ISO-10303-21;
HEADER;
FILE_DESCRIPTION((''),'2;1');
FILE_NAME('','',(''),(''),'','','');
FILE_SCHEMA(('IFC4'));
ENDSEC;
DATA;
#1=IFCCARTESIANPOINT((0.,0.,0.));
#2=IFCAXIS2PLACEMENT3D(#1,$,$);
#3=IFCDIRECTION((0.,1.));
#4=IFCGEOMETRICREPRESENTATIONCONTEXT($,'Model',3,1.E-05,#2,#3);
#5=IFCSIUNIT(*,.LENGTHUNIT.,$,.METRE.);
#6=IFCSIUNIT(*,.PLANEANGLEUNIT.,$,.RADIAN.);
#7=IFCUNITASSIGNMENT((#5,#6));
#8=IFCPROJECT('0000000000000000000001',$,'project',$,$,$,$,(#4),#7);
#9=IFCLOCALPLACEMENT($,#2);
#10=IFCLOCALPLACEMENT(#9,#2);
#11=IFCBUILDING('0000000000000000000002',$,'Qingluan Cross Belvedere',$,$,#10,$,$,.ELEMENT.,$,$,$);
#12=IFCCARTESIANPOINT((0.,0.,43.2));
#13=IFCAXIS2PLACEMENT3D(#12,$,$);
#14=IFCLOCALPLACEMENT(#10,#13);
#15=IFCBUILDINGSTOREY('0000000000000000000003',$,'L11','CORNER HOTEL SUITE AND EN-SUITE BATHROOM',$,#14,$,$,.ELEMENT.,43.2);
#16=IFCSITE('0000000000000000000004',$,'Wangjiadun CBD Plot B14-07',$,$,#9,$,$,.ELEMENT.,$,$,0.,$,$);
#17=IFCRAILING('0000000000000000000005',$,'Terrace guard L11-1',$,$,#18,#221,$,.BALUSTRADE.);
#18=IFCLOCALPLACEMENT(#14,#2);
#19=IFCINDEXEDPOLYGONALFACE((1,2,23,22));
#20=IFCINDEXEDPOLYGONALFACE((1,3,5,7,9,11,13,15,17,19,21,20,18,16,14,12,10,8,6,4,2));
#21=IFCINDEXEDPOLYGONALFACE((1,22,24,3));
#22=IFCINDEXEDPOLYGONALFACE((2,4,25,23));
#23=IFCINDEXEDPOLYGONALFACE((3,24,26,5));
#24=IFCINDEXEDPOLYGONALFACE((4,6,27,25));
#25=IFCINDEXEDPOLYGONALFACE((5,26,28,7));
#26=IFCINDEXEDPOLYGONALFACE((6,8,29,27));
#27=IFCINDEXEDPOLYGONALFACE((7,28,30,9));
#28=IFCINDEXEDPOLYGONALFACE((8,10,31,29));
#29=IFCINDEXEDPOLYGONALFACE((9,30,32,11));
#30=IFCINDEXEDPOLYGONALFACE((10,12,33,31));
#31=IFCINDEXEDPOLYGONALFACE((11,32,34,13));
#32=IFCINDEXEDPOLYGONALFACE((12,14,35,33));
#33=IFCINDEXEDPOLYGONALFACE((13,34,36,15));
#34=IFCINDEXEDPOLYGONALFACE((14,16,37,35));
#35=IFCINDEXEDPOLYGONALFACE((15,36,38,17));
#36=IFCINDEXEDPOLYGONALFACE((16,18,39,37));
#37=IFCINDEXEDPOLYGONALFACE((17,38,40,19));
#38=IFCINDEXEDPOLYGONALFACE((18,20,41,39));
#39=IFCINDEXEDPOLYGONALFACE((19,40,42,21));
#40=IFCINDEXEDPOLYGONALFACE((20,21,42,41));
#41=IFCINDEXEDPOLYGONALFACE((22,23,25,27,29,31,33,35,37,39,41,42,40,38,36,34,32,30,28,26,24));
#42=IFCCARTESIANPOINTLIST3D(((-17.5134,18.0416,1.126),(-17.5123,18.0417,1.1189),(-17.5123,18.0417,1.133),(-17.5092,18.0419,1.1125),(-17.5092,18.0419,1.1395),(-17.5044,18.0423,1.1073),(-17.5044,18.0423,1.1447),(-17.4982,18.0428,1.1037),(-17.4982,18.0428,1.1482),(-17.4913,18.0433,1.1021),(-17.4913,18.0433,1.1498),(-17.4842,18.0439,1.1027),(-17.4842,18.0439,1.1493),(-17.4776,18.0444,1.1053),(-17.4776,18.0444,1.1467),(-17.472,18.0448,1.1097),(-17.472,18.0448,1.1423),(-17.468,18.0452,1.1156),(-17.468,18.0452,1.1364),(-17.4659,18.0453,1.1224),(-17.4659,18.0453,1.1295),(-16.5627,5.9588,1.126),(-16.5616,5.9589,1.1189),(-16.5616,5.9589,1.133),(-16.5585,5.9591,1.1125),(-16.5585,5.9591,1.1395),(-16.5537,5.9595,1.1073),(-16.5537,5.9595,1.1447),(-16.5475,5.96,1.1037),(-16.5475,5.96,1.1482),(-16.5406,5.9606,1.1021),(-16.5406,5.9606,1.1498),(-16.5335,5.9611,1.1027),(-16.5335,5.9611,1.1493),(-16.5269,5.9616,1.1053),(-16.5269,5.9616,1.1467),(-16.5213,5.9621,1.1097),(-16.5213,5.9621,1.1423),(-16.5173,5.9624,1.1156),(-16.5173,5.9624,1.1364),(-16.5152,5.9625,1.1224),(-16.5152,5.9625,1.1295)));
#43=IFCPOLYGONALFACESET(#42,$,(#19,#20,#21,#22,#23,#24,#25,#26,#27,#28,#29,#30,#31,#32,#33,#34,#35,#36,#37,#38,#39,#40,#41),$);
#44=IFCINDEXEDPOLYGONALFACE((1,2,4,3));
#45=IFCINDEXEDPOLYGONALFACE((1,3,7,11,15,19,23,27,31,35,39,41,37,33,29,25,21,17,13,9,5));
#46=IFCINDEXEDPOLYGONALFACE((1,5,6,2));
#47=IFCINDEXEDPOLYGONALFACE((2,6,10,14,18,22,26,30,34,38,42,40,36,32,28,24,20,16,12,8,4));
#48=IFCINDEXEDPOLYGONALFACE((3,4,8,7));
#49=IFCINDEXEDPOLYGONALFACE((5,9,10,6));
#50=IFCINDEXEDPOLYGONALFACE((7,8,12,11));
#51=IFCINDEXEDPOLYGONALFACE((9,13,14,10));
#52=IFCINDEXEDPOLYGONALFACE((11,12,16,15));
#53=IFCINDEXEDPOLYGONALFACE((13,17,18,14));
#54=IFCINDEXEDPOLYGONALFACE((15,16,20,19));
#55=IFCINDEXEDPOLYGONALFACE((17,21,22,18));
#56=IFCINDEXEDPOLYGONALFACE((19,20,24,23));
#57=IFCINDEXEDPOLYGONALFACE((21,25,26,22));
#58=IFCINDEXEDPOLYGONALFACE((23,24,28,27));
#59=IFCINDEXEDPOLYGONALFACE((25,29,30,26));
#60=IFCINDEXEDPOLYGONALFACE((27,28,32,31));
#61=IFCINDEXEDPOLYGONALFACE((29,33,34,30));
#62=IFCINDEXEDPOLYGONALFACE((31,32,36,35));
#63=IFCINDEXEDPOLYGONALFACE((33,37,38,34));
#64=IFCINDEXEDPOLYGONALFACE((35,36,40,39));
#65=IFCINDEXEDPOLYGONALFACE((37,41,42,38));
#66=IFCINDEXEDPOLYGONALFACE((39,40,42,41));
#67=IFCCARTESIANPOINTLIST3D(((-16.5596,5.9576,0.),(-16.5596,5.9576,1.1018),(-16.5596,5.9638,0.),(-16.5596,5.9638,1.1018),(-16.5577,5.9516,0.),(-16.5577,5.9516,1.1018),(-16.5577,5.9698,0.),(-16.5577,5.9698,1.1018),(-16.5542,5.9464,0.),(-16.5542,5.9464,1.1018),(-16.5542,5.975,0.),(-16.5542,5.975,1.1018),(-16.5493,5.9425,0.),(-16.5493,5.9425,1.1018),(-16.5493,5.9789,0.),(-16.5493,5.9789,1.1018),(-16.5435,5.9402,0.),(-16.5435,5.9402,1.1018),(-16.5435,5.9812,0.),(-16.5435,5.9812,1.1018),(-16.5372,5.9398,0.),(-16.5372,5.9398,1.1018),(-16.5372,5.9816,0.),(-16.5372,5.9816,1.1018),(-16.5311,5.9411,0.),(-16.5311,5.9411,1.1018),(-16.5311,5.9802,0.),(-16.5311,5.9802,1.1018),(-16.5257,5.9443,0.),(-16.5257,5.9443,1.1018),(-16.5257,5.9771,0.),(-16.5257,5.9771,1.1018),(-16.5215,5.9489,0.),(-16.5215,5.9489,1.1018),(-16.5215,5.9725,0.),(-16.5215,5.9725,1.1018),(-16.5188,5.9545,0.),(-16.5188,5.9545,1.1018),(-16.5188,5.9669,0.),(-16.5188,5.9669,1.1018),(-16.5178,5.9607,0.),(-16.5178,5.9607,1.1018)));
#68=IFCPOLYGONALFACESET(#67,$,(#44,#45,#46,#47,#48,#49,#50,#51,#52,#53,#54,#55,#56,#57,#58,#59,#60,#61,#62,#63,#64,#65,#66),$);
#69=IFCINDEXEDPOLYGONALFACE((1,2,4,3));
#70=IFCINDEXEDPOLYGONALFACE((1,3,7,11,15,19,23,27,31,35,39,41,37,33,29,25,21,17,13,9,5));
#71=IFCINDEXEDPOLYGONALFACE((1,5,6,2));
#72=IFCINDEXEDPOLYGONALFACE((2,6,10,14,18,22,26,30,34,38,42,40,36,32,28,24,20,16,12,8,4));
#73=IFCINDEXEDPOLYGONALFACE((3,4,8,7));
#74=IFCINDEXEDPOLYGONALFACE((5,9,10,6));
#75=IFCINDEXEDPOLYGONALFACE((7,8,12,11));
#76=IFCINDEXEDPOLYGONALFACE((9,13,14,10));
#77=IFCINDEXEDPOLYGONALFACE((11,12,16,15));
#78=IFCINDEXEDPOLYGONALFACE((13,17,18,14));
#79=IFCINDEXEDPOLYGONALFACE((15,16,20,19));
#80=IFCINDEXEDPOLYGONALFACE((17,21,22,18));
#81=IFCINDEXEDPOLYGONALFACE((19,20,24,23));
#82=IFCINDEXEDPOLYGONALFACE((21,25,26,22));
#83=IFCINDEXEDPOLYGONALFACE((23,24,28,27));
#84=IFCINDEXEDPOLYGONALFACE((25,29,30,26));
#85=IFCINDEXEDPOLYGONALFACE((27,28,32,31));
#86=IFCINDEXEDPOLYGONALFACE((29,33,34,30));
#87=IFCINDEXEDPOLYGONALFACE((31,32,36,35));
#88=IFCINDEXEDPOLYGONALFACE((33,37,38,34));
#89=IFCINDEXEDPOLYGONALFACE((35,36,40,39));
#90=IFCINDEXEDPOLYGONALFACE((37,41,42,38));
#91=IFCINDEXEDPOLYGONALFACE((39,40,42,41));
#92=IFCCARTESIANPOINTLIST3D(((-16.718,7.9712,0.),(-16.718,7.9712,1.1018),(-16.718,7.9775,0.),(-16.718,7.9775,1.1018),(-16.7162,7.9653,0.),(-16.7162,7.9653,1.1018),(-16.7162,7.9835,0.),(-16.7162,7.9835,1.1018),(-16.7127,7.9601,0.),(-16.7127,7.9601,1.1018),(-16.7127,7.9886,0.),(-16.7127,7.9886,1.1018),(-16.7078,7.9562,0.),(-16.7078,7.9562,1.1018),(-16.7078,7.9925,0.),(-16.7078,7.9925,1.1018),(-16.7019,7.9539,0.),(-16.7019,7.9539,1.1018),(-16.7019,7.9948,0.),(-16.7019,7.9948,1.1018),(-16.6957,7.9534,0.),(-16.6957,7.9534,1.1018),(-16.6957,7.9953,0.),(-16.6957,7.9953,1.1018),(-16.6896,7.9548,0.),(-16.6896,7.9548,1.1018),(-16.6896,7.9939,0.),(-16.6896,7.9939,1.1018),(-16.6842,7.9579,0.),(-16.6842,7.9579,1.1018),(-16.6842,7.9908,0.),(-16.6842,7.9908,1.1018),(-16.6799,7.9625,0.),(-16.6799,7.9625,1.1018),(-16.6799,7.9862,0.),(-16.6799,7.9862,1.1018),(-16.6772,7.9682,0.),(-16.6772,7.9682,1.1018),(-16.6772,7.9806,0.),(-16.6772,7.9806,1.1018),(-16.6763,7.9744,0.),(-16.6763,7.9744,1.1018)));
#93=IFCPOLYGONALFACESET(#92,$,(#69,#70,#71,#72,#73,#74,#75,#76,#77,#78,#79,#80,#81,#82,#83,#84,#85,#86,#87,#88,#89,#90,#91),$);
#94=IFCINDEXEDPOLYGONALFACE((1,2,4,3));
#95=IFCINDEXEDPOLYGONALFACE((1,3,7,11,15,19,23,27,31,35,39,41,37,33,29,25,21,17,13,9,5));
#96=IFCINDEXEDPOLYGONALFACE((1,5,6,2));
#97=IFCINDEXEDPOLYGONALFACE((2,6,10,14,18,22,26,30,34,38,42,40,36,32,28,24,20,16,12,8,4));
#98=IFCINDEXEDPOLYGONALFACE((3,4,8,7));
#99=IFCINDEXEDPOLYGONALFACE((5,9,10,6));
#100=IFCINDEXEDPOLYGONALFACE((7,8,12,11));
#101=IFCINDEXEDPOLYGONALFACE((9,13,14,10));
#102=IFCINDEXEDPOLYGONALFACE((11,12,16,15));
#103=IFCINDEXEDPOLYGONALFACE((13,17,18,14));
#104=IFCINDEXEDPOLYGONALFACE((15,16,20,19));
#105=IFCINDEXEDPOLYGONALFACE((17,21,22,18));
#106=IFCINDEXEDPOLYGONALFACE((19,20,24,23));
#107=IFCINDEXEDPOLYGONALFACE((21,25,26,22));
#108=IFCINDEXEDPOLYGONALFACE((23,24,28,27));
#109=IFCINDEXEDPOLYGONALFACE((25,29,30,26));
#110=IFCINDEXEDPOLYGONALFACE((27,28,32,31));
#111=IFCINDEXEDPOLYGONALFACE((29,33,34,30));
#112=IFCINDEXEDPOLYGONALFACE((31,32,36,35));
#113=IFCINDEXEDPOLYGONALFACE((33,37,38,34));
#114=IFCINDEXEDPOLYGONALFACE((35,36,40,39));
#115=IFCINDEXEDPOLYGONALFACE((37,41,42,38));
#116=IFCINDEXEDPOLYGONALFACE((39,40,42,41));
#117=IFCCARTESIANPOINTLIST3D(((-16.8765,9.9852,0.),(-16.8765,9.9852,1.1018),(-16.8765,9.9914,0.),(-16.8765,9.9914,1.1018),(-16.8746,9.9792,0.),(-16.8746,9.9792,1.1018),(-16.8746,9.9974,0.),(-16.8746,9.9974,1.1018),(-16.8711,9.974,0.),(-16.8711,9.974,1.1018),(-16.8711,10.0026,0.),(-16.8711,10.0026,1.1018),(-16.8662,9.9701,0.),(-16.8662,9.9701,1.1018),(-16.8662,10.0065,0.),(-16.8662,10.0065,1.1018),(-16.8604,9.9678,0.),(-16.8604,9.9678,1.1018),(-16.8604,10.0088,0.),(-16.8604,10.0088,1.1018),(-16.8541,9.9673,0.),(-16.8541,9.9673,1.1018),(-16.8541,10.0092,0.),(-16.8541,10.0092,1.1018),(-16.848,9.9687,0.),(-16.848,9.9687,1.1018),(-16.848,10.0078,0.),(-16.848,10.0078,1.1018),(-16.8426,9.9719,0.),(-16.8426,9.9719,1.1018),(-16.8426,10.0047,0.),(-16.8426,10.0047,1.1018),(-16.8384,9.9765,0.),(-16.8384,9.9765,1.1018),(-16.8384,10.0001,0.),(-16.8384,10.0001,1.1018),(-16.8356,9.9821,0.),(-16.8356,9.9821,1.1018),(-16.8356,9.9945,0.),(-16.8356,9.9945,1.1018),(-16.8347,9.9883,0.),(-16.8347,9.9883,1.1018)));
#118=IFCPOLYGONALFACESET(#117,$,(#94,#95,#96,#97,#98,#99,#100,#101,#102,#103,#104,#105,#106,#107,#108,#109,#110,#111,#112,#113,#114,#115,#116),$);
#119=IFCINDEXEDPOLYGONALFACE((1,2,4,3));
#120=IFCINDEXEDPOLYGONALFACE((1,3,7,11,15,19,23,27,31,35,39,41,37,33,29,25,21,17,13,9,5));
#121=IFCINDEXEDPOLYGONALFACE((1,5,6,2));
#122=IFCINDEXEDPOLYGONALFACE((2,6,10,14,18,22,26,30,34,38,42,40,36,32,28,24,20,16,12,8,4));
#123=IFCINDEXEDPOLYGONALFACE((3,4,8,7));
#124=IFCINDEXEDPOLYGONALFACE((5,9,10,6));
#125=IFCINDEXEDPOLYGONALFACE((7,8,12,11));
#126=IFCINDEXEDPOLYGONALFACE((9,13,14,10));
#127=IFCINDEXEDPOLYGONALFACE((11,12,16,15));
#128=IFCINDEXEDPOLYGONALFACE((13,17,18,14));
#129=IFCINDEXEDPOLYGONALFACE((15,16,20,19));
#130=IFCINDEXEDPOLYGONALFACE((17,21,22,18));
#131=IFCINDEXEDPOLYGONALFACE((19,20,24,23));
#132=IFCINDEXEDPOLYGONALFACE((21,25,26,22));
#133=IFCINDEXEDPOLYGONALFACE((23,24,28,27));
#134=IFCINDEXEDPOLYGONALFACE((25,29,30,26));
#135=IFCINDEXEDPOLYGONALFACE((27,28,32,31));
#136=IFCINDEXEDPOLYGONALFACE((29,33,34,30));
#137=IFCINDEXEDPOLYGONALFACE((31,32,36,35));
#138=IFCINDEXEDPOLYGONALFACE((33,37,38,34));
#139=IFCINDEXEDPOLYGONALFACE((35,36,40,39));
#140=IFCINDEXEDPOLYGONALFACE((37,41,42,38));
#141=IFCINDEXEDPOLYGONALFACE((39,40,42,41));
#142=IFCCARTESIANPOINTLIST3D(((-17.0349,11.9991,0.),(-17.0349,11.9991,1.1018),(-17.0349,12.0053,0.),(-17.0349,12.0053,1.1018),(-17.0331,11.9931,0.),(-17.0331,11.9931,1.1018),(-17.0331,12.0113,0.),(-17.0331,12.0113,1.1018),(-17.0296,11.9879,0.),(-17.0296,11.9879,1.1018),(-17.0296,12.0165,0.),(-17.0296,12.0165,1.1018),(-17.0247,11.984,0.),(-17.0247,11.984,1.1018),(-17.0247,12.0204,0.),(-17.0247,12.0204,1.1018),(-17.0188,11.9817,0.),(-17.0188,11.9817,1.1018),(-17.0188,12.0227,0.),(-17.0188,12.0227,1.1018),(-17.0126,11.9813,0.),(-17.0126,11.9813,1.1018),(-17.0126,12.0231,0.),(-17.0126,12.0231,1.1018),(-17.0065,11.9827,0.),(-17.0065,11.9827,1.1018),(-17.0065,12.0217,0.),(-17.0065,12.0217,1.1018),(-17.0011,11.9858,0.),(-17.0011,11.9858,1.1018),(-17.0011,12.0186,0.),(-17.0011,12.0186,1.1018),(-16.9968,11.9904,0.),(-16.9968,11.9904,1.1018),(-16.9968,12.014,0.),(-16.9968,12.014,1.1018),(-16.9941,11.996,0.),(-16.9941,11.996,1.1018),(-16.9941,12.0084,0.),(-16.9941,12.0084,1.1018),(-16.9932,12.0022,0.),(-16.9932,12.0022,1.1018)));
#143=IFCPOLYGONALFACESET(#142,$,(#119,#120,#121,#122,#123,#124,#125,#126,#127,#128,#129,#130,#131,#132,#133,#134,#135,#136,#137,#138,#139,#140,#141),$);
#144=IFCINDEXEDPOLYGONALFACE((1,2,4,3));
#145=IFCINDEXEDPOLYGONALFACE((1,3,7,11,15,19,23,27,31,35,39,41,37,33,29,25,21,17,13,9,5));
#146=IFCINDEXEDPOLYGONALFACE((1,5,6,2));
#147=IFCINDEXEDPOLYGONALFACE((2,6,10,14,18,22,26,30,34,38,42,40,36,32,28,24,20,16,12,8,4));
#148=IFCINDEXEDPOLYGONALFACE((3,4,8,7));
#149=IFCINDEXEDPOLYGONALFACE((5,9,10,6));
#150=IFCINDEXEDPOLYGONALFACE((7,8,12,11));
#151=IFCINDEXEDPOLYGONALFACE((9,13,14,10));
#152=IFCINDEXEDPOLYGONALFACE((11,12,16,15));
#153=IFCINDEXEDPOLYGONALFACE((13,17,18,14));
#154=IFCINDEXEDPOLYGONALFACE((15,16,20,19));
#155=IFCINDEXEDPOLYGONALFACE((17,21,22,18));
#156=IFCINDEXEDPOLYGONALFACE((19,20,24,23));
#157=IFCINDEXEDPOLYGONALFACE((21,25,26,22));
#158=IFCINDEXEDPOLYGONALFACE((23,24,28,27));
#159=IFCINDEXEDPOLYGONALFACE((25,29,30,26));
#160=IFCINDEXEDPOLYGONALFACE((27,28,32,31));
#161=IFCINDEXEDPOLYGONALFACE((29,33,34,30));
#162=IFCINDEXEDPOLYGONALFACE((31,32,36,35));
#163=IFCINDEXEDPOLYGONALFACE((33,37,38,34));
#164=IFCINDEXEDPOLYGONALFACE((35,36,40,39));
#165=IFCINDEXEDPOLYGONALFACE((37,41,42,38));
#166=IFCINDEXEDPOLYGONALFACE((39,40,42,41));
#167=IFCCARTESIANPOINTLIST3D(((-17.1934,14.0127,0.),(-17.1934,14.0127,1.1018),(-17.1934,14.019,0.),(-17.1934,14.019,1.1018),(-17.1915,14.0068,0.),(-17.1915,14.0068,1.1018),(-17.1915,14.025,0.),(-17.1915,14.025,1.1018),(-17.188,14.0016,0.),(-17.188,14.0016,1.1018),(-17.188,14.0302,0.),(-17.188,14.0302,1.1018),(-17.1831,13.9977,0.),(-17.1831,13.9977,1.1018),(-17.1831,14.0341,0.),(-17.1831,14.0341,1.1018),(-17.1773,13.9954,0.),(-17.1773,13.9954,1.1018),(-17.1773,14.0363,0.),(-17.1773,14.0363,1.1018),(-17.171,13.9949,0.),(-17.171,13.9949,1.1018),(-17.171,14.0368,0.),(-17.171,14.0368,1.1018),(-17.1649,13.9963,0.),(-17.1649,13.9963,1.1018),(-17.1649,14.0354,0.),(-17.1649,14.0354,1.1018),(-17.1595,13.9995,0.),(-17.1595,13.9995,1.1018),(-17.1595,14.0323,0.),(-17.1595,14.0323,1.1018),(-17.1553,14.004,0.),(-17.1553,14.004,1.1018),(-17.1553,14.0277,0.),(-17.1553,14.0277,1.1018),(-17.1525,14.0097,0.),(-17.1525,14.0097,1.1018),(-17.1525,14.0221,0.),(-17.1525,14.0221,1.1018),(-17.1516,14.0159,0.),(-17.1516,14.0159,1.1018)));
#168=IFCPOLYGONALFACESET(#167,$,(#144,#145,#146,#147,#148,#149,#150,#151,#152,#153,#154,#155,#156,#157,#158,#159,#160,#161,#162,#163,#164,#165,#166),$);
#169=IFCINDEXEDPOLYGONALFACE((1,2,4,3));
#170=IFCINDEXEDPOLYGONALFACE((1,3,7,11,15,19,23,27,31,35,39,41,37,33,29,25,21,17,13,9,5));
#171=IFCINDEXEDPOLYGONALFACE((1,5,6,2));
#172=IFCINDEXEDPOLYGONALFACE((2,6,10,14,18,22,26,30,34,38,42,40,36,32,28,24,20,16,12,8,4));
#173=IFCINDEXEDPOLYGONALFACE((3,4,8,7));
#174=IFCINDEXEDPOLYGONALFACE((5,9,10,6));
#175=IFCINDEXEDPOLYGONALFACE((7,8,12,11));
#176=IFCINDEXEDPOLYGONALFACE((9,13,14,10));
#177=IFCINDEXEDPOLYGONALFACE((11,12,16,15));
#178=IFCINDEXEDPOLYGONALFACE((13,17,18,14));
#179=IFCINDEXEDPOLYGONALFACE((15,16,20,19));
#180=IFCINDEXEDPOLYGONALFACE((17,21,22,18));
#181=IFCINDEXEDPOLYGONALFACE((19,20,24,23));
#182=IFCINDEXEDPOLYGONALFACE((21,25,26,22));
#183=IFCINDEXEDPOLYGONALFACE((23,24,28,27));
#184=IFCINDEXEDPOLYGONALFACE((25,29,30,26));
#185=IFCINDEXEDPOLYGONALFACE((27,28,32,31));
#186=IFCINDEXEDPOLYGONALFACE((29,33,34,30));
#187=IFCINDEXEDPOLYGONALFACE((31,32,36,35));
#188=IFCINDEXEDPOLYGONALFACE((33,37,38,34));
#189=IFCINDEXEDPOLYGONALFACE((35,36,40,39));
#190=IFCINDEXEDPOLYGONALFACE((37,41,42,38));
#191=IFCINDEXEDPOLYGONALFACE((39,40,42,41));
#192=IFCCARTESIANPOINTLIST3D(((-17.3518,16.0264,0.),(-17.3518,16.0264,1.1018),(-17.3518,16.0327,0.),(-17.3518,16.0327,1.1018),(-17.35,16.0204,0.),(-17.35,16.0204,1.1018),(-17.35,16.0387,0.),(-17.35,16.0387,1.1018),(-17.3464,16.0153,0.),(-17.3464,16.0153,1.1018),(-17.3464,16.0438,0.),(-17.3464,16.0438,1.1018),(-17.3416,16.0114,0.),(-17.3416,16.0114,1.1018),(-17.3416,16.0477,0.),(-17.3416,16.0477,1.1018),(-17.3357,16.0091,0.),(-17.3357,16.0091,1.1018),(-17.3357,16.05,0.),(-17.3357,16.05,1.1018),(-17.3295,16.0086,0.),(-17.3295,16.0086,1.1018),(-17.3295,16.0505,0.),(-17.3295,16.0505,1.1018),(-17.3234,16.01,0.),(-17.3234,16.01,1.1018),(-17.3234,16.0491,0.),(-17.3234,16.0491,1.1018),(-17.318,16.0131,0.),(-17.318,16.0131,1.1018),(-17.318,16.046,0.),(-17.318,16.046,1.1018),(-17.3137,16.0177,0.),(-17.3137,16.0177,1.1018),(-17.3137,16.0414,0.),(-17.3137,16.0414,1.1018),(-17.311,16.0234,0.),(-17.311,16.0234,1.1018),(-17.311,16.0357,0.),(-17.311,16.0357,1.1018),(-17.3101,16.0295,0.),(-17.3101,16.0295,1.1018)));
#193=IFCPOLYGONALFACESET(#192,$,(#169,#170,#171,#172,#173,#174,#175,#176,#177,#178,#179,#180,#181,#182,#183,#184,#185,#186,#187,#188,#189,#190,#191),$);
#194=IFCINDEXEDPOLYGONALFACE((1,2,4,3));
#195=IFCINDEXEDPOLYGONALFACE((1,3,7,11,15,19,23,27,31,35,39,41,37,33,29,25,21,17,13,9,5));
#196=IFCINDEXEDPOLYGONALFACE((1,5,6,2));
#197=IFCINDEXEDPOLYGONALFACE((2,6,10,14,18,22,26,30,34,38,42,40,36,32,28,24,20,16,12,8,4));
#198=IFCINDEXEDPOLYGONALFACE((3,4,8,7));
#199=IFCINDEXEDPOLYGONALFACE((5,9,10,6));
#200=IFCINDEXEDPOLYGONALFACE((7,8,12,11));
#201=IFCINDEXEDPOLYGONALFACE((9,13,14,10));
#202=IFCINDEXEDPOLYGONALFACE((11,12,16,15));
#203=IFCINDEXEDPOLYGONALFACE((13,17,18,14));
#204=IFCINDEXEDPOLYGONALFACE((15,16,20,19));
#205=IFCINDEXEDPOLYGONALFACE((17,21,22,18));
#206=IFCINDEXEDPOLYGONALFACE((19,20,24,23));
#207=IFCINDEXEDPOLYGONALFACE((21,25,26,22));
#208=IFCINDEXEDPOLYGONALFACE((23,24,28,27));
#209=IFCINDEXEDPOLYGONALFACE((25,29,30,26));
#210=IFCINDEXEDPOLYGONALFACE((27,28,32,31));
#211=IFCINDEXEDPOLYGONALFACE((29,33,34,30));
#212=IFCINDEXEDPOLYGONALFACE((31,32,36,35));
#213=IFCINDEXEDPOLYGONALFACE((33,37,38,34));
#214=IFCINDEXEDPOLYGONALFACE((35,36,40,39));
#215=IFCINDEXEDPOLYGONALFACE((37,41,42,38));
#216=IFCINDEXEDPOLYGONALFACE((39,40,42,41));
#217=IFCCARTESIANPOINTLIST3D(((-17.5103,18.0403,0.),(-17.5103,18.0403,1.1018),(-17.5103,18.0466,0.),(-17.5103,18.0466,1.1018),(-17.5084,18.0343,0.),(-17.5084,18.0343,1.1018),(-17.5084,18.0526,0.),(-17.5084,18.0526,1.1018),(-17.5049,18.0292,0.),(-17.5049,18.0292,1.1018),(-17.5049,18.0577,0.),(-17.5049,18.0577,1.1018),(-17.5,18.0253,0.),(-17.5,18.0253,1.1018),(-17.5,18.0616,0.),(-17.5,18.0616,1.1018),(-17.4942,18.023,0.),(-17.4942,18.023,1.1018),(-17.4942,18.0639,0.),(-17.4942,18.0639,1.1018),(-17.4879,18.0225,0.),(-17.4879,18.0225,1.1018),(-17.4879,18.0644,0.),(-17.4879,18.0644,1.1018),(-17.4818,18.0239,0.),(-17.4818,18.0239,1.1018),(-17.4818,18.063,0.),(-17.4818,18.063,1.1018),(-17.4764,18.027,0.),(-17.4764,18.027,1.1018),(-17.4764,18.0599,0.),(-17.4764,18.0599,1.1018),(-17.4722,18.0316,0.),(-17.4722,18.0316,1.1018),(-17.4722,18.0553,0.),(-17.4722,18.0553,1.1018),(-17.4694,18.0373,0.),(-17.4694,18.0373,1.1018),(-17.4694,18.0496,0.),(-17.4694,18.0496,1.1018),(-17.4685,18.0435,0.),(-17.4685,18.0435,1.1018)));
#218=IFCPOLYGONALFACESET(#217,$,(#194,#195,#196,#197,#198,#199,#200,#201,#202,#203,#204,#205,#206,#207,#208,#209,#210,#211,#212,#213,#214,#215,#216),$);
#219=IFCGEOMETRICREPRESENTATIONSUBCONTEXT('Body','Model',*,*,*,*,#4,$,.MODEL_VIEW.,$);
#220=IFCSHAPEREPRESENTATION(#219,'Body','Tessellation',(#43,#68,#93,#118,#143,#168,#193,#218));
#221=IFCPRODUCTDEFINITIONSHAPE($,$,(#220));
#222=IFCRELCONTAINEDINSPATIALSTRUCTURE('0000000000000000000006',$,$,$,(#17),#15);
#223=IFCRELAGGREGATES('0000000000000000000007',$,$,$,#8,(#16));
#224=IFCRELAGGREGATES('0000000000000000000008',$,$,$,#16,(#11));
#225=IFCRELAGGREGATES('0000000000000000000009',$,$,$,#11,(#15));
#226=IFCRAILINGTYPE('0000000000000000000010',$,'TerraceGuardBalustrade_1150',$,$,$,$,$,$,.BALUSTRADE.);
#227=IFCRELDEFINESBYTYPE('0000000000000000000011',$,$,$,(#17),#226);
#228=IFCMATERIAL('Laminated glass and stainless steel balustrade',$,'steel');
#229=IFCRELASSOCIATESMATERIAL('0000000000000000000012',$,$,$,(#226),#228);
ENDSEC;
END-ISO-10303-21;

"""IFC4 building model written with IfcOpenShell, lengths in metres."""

from ifc_helpers import new_model, si_unit, direction, frame, origin, origin_2d, place, context, subcontext, project, spatial, circle, extrude, material, type_object, element, save


model = new_model("IFC4")

# Units and contexts
model_context = context("Model", 3, precision=1e-05, world=origin(), true_north=direction((0.0, 1.0)))
body_context = subcontext(model_context, "Body", "Model", "MODEL_VIEW")
ifc_project = project(units=[si_unit("LENGTHUNIT", "METRE"), si_unit("PLANEANGLEUNIT", "RADIAN")], contexts=[model_context])

# Site, building, storey
site_placement = place(None, origin())
site = spatial("IfcSite", under=ifc_project, at=site_placement, Name="Wangjiadun CBD Plot B14-07", CompositionType="ELEMENT", RefElevation=0.0)
building_placement = place(site_placement, origin())
building = spatial("IfcBuilding", under=site, at=building_placement, Name="Qingluan Cross Belvedere", CompositionType="ELEMENT")
storey_placement = place(building_placement, frame((0.0, 0.0, 43.2)))
storey = spatial("IfcBuildingStorey", under=building, at=storey_placement, Name="L11", Description="CORNER HOTEL SUITE AND EN-SUITE BATHROOM", CompositionType="ELEMENT", Elevation=43.2)

# Railing
ifc_material_1 = material(Name="Laminated glass and stainless steel balustrade", Category="steel")
railing_type = type_object("IfcRailingType", Name="TerraceGuardBalustrade_1150", PredefinedType="BALUSTRADE", material=ifc_material_1)
railing_placement = place(storey_placement, frame((-16.5388, 5.9607, 0.0)))
element("IfcRailing", 1, at=railing_placement, inside=storey, type_object=railing_type, Name="Terrace guard L11-1", PredefinedType="BALUSTRADE", context=body_context, shape_type="SweptSolid", body=[
    extrude(circle(Radius=0.0239, at=origin_2d()), frame((0.0, 0.0, 1.126), z_axis=(-0.078439, 0.996919, 0.0), x_axis=(-0.996919, -0.078439, 0.0)), (0.0, 0.0, 1.0), 12.1201),
    extrude(circle(Radius=0.021, at=origin_2d()), origin(), (0.0, 0.0, 1.0), 1.1018),
    extrude(circle(Radius=0.021, at=origin_2d()), frame((-0.1584, 2.0137, 0.0)), (0.0, 0.0, 1.0), 1.1018),
    extrude(circle(Radius=0.021, at=origin_2d()), frame((-0.3169, 4.0276, 0.0)), (0.0, 0.0, 1.0), 1.1018),
    extrude(circle(Radius=0.021, at=origin_2d()), frame((-0.4753, 6.0415, 0.0)), (0.0, 0.0, 1.0), 1.1018),
    extrude(circle(Radius=0.021, at=origin_2d()), frame((-0.6338, 8.0552, 0.0)), (0.0, 0.0, 1.0), 1.1018),
    extrude(circle(Radius=0.021, at=origin_2d()), frame((-0.7922, 10.0688, 0.0)), (0.0, 0.0, 1.0), 1.1018),
    extrude(circle(Radius=0.021, at=origin_2d()), frame((-0.9507, 12.0828, 0.0)), (0.0, 0.0, 1.0), 1.1018),
])

save(model, "model.ifc")
